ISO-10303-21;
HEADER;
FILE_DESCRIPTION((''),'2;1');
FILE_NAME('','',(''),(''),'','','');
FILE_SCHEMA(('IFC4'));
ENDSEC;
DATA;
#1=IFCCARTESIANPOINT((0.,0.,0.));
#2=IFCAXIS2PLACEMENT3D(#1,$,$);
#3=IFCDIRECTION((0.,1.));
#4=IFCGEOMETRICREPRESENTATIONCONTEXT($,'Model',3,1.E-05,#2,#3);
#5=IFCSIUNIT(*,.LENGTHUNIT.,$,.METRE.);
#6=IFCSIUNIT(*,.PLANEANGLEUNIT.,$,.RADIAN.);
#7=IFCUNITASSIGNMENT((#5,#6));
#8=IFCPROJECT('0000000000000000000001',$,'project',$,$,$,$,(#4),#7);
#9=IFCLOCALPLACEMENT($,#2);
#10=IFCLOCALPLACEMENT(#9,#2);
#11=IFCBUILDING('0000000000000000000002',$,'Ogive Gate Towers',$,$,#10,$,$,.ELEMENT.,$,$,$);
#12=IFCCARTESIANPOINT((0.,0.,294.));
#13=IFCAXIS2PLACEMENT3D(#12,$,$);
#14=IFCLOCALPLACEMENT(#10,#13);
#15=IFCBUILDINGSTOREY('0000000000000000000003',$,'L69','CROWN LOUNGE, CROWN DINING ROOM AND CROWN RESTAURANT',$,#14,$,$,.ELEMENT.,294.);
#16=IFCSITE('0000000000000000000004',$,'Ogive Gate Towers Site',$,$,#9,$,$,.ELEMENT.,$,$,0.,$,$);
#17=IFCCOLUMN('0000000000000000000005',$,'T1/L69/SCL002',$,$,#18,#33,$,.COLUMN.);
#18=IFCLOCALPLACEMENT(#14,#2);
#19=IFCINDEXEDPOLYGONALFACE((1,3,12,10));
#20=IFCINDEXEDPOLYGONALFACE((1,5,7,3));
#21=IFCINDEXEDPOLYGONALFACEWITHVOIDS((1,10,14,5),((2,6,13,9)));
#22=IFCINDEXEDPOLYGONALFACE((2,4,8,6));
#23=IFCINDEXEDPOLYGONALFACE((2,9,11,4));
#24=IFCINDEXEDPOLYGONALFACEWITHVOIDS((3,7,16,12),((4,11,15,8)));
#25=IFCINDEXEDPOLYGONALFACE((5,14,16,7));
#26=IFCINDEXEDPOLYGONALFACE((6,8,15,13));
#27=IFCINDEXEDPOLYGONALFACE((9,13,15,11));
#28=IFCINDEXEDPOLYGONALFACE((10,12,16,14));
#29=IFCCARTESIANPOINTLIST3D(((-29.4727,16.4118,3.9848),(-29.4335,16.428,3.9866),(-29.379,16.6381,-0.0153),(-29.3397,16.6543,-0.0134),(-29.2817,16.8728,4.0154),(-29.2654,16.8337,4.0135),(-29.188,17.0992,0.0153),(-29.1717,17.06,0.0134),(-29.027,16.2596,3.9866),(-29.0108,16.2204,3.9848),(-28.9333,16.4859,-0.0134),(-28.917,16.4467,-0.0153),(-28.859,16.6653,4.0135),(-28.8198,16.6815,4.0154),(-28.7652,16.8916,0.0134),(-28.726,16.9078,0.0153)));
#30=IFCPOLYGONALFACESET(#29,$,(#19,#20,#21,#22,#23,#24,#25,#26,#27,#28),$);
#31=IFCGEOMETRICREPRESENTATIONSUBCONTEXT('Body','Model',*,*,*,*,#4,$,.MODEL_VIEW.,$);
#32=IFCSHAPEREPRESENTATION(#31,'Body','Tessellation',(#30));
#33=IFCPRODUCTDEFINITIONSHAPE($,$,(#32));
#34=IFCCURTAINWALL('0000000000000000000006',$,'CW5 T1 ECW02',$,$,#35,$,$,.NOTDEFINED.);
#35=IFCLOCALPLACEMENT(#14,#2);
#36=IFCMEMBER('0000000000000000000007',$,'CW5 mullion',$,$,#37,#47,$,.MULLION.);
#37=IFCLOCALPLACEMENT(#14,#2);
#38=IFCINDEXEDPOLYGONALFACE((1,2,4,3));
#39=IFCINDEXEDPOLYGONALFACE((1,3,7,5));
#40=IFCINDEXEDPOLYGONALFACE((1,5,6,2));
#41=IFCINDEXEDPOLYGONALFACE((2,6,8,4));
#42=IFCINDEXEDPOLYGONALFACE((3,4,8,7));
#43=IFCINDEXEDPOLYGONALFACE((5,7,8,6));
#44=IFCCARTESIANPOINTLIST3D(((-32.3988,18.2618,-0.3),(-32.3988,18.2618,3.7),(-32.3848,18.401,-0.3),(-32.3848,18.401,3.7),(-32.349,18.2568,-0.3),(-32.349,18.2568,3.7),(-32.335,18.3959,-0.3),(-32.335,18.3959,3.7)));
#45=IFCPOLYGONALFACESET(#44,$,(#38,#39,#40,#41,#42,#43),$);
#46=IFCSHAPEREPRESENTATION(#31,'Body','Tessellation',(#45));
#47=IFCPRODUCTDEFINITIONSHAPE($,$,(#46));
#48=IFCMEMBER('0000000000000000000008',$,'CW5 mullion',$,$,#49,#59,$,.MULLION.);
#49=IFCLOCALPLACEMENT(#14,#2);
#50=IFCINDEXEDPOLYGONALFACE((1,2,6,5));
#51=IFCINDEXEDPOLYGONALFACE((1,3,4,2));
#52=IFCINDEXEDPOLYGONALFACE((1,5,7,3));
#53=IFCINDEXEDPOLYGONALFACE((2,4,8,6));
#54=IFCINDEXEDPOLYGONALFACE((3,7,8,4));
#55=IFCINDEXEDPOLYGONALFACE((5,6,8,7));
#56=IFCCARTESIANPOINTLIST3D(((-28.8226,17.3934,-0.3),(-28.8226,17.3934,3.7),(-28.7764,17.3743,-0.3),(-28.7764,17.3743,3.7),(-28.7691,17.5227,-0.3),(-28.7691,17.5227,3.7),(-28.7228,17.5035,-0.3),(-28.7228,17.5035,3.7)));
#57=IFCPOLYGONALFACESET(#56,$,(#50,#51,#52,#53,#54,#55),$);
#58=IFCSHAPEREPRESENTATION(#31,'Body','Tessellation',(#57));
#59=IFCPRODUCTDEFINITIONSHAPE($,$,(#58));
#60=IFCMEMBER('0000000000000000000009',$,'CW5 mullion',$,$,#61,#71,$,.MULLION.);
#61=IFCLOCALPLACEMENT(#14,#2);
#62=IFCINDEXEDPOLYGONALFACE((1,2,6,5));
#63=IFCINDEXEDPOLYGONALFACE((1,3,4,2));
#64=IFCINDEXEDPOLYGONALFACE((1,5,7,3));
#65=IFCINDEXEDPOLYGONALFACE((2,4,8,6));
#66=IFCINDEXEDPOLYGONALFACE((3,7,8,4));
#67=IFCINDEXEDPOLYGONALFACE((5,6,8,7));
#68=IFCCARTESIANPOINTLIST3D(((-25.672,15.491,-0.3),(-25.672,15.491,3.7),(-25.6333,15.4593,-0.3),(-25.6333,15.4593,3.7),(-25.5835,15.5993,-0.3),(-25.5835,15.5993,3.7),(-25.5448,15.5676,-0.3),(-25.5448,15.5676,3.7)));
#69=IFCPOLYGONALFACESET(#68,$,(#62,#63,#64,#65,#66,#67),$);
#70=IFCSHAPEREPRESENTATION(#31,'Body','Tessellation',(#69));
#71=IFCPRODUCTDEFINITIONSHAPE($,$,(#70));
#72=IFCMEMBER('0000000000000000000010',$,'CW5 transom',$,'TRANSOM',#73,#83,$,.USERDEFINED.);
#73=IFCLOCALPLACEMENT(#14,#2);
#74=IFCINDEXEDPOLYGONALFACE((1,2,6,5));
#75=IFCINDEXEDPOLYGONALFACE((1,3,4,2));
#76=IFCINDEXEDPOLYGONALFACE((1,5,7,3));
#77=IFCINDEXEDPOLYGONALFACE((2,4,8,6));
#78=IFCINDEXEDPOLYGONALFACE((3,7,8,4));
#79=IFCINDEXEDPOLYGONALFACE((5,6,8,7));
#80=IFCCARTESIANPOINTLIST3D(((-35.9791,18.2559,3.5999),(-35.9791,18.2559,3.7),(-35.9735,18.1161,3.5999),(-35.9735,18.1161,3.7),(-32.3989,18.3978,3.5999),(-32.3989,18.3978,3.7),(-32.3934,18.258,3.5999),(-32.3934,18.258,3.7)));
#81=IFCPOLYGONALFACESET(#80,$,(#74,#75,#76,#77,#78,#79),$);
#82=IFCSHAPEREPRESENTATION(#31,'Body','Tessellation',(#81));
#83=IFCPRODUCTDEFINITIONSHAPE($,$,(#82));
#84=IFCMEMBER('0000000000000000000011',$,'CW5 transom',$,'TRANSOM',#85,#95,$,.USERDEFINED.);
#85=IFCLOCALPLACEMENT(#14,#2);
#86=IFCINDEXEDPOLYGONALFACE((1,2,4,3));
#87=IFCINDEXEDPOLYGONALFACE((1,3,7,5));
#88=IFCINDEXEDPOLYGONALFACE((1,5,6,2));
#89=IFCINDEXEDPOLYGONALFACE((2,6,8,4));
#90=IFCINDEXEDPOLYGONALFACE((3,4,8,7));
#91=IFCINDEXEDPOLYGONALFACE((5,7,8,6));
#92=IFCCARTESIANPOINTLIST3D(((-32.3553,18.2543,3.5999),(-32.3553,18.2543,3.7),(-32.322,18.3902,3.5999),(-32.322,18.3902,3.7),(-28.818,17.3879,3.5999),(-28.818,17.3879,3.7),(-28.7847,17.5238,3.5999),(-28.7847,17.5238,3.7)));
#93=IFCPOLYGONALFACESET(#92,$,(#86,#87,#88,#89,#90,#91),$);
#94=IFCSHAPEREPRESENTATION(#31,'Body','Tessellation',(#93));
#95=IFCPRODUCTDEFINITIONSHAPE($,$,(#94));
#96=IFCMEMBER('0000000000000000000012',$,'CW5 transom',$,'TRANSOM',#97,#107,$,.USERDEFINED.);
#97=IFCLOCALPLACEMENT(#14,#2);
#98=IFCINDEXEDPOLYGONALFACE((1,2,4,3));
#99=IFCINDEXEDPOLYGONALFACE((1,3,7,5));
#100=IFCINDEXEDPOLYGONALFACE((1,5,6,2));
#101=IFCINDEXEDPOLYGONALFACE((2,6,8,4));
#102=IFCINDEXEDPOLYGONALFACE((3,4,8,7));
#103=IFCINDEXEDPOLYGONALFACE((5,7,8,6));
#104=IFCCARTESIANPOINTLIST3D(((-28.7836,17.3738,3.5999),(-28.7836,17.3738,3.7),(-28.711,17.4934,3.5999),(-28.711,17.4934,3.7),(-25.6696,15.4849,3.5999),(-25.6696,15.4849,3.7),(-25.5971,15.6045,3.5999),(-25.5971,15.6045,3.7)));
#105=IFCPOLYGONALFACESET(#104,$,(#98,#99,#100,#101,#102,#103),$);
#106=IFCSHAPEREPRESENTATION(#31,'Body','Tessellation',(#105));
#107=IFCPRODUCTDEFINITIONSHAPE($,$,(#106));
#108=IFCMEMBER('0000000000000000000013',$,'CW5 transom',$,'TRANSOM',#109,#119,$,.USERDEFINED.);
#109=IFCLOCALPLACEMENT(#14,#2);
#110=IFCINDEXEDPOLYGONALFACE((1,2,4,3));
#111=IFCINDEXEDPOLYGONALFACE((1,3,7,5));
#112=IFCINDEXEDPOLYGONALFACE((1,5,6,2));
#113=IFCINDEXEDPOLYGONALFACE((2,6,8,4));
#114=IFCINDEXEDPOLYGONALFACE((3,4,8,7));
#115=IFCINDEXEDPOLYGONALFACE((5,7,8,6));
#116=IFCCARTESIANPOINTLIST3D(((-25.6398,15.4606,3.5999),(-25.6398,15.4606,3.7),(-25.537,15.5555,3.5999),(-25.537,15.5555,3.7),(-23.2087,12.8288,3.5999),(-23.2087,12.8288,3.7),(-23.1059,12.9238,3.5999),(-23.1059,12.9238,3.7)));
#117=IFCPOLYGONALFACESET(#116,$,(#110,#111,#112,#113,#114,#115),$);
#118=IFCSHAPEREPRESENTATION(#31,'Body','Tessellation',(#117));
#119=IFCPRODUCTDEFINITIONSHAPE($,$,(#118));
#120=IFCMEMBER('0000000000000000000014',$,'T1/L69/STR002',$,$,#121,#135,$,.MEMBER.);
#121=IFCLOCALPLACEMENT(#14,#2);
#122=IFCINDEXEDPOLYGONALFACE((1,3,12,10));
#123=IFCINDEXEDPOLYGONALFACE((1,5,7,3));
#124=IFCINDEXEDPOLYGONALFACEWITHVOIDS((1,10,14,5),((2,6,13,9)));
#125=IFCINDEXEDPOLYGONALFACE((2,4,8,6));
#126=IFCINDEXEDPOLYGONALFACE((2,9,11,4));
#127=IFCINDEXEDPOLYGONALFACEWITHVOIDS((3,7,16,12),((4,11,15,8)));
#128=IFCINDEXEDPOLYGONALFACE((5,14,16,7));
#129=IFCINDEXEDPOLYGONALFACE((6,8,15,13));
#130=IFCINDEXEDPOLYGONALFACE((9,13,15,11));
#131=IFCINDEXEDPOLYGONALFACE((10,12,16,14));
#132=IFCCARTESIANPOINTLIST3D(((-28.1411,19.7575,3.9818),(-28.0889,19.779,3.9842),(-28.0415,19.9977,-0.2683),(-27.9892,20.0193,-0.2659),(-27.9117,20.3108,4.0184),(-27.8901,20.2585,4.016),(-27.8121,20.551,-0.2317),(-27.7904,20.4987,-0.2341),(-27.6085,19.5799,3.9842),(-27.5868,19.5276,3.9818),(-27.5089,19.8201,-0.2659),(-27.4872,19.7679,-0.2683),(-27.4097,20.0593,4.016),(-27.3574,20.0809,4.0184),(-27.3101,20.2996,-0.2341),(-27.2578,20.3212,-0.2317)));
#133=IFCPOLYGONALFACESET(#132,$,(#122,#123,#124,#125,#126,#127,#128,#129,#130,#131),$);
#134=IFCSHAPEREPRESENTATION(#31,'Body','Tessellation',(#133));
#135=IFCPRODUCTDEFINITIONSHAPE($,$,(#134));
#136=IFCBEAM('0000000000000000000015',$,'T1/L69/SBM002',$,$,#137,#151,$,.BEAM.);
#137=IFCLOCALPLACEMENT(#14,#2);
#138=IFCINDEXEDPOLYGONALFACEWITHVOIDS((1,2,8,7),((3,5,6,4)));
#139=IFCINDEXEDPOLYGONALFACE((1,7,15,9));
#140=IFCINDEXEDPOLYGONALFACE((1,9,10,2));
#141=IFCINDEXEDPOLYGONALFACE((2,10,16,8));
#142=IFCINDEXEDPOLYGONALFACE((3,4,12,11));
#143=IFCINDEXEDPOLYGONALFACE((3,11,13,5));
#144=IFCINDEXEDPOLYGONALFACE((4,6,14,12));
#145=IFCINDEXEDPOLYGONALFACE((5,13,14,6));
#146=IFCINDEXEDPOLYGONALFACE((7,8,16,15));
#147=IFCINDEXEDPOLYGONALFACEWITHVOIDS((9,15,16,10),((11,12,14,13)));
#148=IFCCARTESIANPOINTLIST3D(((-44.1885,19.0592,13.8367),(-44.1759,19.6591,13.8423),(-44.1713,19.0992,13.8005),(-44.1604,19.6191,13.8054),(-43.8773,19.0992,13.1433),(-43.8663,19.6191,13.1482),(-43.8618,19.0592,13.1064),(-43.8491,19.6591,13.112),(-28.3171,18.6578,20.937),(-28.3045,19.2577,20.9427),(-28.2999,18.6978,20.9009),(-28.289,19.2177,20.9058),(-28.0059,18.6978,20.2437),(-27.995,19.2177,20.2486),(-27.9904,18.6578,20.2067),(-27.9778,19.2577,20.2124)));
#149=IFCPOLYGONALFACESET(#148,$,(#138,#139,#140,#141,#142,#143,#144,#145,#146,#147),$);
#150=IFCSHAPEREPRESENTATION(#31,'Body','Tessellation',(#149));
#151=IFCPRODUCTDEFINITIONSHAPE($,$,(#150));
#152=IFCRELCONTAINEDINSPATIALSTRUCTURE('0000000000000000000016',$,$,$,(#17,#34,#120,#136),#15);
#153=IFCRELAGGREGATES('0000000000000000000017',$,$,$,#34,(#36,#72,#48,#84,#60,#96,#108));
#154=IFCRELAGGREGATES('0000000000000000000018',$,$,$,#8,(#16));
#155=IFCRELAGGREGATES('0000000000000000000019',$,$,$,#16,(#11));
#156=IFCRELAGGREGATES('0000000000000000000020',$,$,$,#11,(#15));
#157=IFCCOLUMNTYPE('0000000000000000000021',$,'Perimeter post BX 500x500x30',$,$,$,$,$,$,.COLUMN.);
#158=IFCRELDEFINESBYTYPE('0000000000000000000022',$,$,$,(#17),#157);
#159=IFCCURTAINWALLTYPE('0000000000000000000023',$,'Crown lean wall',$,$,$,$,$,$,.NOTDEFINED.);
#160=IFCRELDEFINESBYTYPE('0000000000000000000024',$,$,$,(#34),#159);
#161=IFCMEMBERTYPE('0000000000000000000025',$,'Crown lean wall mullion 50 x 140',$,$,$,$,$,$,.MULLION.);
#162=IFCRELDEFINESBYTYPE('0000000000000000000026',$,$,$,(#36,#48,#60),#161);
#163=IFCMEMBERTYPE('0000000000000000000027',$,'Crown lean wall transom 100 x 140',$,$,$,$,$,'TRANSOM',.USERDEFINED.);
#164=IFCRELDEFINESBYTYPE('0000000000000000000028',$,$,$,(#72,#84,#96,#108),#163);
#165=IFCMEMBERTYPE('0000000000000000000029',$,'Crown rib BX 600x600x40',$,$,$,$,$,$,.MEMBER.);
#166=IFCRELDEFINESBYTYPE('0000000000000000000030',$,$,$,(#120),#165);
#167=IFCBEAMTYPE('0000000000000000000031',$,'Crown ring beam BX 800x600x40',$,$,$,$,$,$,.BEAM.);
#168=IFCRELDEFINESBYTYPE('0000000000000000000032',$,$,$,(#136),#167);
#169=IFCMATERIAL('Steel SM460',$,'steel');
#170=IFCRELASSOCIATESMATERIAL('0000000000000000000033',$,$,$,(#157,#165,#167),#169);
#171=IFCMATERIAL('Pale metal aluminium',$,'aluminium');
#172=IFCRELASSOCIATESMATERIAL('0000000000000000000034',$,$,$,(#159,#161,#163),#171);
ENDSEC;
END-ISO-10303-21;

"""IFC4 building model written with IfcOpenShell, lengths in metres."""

from ifc_helpers import new_model, si_unit, direction, frame, origin, origin_2d, place, context, subcontext, project, spatial, rectangle, hollow_rectangle, extrude, material, material_profile, profile_set, type_object, element, aggregate, save


model = new_model("IFC4")

# Units and contexts
model_context = context("Model", 3, precision=1e-05, world=origin(), true_north=direction((0.0, 1.0)))
body_context = subcontext(model_context, "Body", "Model", "MODEL_VIEW")
ifc_project = project(units=[si_unit("LENGTHUNIT", "METRE"), si_unit("PLANEANGLEUNIT", "RADIAN")], contexts=[model_context])

# Site, building, storey
site_placement = place(None, origin())
site = spatial("IfcSite", under=ifc_project, at=site_placement, Name="Ogive Gate Towers Site", CompositionType="ELEMENT", RefElevation=0.0)
building_placement = place(site_placement, origin())
building = spatial("IfcBuilding", under=site, at=building_placement, Name="Ogive Gate Towers", CompositionType="ELEMENT")
storey_placement = place(building_placement, frame((0.0, 0.0, 294.0)))
storey = spatial("IfcBuildingStorey", under=building, at=storey_placement, Name="L69", Description="CROWN LOUNGE, CROWN DINING ROOM AND CROWN RESTAURANT", CompositionType="ELEMENT", Elevation=294.0)

# Column
ifc_material_1 = material(Name="Steel SM460", Category="steel")
ifc_material_profile_1 = material_profile(ifc_material_1, hollow_rectangle(XDim=0.5, YDim=0.5, WallThickness=0.03, at=origin_2d()), Name="BX 500x500x30")
ifc_profile_set_1 = profile_set([ifc_material_profile_1], Name="Steel SM460")
column_type = type_object("IfcColumnType", Name="Perimeter post BX 500x500x30", PredefinedType="COLUMN", material=ifc_profile_set_1)
column_placement = place(storey_placement, frame((-29.0525, 16.7729, 0.0), z_axis=(-0.023394, -0.056474, 0.99813), x_axis=(0.923871, -0.382704, 0.0)))
element("IfcColumn", 1, at=column_placement, inside=storey, type_object=column_type, Name="T1/L69/SCL002", PredefinedType="COLUMN", context=body_context, shape_type="SweptSolid", body=[
    extrude(hollow_rectangle(XDim=0.5, YDim=0.5, WallThickness=0.03, at=origin_2d()), origin(), (0.0, 0.0, 1.0), 4.0076),
])

# Curtain wall, members
ifc_material_2 = material(Name="Pale metal aluminium", Category="aluminium")
curtain_wall_type = type_object("IfcCurtainWallType", Name="Crown lean wall", PredefinedType="NOTDEFINED", material=ifc_material_2)
curtain_wall_placement = place(storey_placement, origin())
curtain_wall = element("IfcCurtainWall", 2, at=curtain_wall_placement, inside=storey, type_object=curtain_wall_type, Name="CW5 T1 ECW02", PredefinedType="NOTDEFINED")
ifc_material_profile_2 = material_profile(ifc_material_2, rectangle(XDim=0.1399, YDim=0.05, at=origin_2d()), Name="50 x 140 aluminium box")
ifc_profile_set_2 = profile_set([ifc_material_profile_2], Name="Pale metal aluminium")
member_type_1 = type_object("IfcMemberType", Name="Crown lean wall mullion 50 x 140", PredefinedType="MULLION", material=ifc_profile_set_2)
member_1_placement = place(storey_placement, frame((-32.3669, 18.3289, -0.3), z_axis=(0.0, 0.0, 1.0), x_axis=(-0.100101, -0.994977, 0.0)))
member_1 = element("IfcMember", 3, at=member_1_placement, type_object=member_type_1, Name="CW5 mullion", PredefinedType="MULLION", context=body_context, shape_type="SweptSolid", body=[
    extrude(rectangle(XDim=0.1399, YDim=0.05, at=origin_2d()), origin(), (0.0, 0.0, 1.0), 4.0),
])
member_2_placement = place(storey_placement, frame((-28.7727, 17.4485, -0.3), z_axis=(0.0, 0.0, 1.0), x_axis=(-0.382683, -0.92388, 0.0)))
member_2 = element("IfcMember", 4, at=member_2_placement, type_object=member_type_1, Name="CW5 mullion", PredefinedType="MULLION", context=body_context, shape_type="SweptSolid", body=[
    extrude(rectangle(XDim=0.1399, YDim=0.05, at=origin_2d()), origin(), (0.0, 0.0, 1.0), 4.0),
])
member_3_placement = place(storey_placement, frame((-25.6084, 15.5293, -0.3), z_axis=(0.0, 0.0, 1.0), x_axis=(-0.632759, -0.774348, 0.0)))
member_3 = element("IfcMember", 5, at=member_3_placement, type_object=member_type_1, Name="CW5 mullion", PredefinedType="MULLION", context=body_context, shape_type="SweptSolid", body=[
    extrude(rectangle(XDim=0.1399, YDim=0.05, at=origin_2d()), origin(), (0.0, 0.0, 1.0), 4.0),
])
ifc_material_profile_3 = material_profile(ifc_material_2, rectangle(XDim=0.1399, YDim=0.1001, at=origin_2d()), Name="100 x 140 aluminium box")
ifc_profile_set_3 = profile_set([ifc_material_profile_3], Name="Pale metal aluminium")
member_type_2 = type_object("IfcMemberType", Name="Crown lean wall transom 100 x 140", ElementType="TRANSOM", PredefinedType="USERDEFINED", material=ifc_profile_set_3)
member_4_placement = place(storey_placement, frame((-35.9763, 18.186, 3.6499), z_axis=(0.999216, 0.03959, 0.0), x_axis=(-0.03959, 0.999216, 0.0)))
member_4 = element("IfcMember", 6, at=member_4_placement, type_object=member_type_2, Name="CW5 transom", ObjectType="TRANSOM", PredefinedType="USERDEFINED", context=body_context, shape_type="SweptSolid", body=[
    extrude(rectangle(XDim=0.1399, YDim=0.1001, at=origin_2d()), origin(), (0.0, 0.0, 1.0), 3.583),
])
member_5_placement = place(storey_placement, frame((-32.3386, 18.3223, 3.6499), z_axis=(0.971287, -0.237911, 0.0), x_axis=(0.237911, 0.971287, 0.0)))
member_5 = element("IfcMember", 7, at=member_5_placement, type_object=member_type_2, Name="CW5 transom", ObjectType="TRANSOM", PredefinedType="USERDEFINED", context=body_context, shape_type="SweptSolid", body=[
    extrude(rectangle(XDim=0.1399, YDim=0.1001, at=origin_2d()), origin(), (0.0, 0.0, 1.0), 3.6418),
])
member_6_placement = place(storey_placement, frame((-28.7473, 17.4336, 3.6499), z_axis=(0.854999, -0.51863, 0.0), x_axis=(0.51863, 0.854999, 0.0)))
member_6 = element("IfcMember", 8, at=member_6_placement, type_object=member_type_2, Name="CW5 transom", ObjectType="TRANSOM", PredefinedType="USERDEFINED", context=body_context, shape_type="SweptSolid", body=[
    extrude(rectangle(XDim=0.1399, YDim=0.1001, at=origin_2d()), origin(), (0.0, 0.0, 1.0), 3.6421),
])
member_7_placement = place(storey_placement, frame((-25.5884, 15.5081, 3.6499), z_axis=(0.678546, -0.734558, 0.0), x_axis=(0.734558, 0.678546, 0.0)))
member_7 = element("IfcMember", 9, at=member_7_placement, type_object=member_type_2, Name="CW5 transom", ObjectType="TRANSOM", PredefinedType="USERDEFINED", context=body_context, shape_type="SweptSolid", body=[
    extrude(rectangle(XDim=0.1399, YDim=0.1001, at=origin_2d()), origin(), (0.0, 0.0, 1.0), 3.5828),
])

# Member
ifc_material_profile_4 = material_profile(ifc_material_1, hollow_rectangle(XDim=0.6001, YDim=0.6001, WallThickness=0.04, at=origin_2d()), Name="BX 600x600x40")
ifc_profile_set_4 = profile_set([ifc_material_profile_4], Name="Steel SM460")
member_type_3 = type_object("IfcMemberType", Name="Crown rib BX 600x600x40", PredefinedType="MEMBER", material=ifc_profile_set_4)
member_8_placement = place(storey_placement, frame((-27.6497, 20.1594, -0.25), z_axis=(-0.023394, -0.05642, 0.998133), x_axis=(0.923742, -0.383015, 0.0)))
element("IfcMember", 10, at=member_8_placement, inside=storey, type_object=member_type_3, Name="T1/L69/STR002", PredefinedType="MEMBER", context=body_context, shape_type="SweptSolid", body=[
    extrude(hollow_rectangle(XDim=0.6001, YDim=0.6001, WallThickness=0.04, at=origin_2d()), origin(), (0.0, 0.0, 1.0), 4.2581),
])

# Beam
ifc_material_profile_5 = material_profile(ifc_material_1, hollow_rectangle(XDim=0.6001, YDim=0.8, WallThickness=0.04, at=origin_2d()), Name="BX 800x600x40")
ifc_profile_set_5 = profile_set([ifc_material_profile_5], Name="Steel SM460")
beam_type_1 = type_object("IfcBeamType", Name="Crown ring beam BX 800x600x40", PredefinedType="BEAM", material=ifc_profile_set_5)
beam_1_placement = place(storey_placement, frame((-28.1475, 18.9578, 20.5747), z_axis=(-0.912575, 0.023078, -0.408258), x_axis=(0.021068, 0.999734, 0.009421)))
element("IfcBeam", 11, at=beam_1_placement, inside=storey, type_object=beam_type_1, Name="T1/L69/SBM002", PredefinedType="BEAM", context=body_context, shape_type="SweptSolid", body=[
    extrude(hollow_rectangle(XDim=0.6001, YDim=0.8, WallThickness=0.04, at=origin_2d()), origin(), (0.0, 0.0, 1.0), 17.3918),
])

aggregate(curtain_wall, [member_1, member_4, member_2, member_5, member_3, member_6, member_7])

save(model, "model.ifc")
